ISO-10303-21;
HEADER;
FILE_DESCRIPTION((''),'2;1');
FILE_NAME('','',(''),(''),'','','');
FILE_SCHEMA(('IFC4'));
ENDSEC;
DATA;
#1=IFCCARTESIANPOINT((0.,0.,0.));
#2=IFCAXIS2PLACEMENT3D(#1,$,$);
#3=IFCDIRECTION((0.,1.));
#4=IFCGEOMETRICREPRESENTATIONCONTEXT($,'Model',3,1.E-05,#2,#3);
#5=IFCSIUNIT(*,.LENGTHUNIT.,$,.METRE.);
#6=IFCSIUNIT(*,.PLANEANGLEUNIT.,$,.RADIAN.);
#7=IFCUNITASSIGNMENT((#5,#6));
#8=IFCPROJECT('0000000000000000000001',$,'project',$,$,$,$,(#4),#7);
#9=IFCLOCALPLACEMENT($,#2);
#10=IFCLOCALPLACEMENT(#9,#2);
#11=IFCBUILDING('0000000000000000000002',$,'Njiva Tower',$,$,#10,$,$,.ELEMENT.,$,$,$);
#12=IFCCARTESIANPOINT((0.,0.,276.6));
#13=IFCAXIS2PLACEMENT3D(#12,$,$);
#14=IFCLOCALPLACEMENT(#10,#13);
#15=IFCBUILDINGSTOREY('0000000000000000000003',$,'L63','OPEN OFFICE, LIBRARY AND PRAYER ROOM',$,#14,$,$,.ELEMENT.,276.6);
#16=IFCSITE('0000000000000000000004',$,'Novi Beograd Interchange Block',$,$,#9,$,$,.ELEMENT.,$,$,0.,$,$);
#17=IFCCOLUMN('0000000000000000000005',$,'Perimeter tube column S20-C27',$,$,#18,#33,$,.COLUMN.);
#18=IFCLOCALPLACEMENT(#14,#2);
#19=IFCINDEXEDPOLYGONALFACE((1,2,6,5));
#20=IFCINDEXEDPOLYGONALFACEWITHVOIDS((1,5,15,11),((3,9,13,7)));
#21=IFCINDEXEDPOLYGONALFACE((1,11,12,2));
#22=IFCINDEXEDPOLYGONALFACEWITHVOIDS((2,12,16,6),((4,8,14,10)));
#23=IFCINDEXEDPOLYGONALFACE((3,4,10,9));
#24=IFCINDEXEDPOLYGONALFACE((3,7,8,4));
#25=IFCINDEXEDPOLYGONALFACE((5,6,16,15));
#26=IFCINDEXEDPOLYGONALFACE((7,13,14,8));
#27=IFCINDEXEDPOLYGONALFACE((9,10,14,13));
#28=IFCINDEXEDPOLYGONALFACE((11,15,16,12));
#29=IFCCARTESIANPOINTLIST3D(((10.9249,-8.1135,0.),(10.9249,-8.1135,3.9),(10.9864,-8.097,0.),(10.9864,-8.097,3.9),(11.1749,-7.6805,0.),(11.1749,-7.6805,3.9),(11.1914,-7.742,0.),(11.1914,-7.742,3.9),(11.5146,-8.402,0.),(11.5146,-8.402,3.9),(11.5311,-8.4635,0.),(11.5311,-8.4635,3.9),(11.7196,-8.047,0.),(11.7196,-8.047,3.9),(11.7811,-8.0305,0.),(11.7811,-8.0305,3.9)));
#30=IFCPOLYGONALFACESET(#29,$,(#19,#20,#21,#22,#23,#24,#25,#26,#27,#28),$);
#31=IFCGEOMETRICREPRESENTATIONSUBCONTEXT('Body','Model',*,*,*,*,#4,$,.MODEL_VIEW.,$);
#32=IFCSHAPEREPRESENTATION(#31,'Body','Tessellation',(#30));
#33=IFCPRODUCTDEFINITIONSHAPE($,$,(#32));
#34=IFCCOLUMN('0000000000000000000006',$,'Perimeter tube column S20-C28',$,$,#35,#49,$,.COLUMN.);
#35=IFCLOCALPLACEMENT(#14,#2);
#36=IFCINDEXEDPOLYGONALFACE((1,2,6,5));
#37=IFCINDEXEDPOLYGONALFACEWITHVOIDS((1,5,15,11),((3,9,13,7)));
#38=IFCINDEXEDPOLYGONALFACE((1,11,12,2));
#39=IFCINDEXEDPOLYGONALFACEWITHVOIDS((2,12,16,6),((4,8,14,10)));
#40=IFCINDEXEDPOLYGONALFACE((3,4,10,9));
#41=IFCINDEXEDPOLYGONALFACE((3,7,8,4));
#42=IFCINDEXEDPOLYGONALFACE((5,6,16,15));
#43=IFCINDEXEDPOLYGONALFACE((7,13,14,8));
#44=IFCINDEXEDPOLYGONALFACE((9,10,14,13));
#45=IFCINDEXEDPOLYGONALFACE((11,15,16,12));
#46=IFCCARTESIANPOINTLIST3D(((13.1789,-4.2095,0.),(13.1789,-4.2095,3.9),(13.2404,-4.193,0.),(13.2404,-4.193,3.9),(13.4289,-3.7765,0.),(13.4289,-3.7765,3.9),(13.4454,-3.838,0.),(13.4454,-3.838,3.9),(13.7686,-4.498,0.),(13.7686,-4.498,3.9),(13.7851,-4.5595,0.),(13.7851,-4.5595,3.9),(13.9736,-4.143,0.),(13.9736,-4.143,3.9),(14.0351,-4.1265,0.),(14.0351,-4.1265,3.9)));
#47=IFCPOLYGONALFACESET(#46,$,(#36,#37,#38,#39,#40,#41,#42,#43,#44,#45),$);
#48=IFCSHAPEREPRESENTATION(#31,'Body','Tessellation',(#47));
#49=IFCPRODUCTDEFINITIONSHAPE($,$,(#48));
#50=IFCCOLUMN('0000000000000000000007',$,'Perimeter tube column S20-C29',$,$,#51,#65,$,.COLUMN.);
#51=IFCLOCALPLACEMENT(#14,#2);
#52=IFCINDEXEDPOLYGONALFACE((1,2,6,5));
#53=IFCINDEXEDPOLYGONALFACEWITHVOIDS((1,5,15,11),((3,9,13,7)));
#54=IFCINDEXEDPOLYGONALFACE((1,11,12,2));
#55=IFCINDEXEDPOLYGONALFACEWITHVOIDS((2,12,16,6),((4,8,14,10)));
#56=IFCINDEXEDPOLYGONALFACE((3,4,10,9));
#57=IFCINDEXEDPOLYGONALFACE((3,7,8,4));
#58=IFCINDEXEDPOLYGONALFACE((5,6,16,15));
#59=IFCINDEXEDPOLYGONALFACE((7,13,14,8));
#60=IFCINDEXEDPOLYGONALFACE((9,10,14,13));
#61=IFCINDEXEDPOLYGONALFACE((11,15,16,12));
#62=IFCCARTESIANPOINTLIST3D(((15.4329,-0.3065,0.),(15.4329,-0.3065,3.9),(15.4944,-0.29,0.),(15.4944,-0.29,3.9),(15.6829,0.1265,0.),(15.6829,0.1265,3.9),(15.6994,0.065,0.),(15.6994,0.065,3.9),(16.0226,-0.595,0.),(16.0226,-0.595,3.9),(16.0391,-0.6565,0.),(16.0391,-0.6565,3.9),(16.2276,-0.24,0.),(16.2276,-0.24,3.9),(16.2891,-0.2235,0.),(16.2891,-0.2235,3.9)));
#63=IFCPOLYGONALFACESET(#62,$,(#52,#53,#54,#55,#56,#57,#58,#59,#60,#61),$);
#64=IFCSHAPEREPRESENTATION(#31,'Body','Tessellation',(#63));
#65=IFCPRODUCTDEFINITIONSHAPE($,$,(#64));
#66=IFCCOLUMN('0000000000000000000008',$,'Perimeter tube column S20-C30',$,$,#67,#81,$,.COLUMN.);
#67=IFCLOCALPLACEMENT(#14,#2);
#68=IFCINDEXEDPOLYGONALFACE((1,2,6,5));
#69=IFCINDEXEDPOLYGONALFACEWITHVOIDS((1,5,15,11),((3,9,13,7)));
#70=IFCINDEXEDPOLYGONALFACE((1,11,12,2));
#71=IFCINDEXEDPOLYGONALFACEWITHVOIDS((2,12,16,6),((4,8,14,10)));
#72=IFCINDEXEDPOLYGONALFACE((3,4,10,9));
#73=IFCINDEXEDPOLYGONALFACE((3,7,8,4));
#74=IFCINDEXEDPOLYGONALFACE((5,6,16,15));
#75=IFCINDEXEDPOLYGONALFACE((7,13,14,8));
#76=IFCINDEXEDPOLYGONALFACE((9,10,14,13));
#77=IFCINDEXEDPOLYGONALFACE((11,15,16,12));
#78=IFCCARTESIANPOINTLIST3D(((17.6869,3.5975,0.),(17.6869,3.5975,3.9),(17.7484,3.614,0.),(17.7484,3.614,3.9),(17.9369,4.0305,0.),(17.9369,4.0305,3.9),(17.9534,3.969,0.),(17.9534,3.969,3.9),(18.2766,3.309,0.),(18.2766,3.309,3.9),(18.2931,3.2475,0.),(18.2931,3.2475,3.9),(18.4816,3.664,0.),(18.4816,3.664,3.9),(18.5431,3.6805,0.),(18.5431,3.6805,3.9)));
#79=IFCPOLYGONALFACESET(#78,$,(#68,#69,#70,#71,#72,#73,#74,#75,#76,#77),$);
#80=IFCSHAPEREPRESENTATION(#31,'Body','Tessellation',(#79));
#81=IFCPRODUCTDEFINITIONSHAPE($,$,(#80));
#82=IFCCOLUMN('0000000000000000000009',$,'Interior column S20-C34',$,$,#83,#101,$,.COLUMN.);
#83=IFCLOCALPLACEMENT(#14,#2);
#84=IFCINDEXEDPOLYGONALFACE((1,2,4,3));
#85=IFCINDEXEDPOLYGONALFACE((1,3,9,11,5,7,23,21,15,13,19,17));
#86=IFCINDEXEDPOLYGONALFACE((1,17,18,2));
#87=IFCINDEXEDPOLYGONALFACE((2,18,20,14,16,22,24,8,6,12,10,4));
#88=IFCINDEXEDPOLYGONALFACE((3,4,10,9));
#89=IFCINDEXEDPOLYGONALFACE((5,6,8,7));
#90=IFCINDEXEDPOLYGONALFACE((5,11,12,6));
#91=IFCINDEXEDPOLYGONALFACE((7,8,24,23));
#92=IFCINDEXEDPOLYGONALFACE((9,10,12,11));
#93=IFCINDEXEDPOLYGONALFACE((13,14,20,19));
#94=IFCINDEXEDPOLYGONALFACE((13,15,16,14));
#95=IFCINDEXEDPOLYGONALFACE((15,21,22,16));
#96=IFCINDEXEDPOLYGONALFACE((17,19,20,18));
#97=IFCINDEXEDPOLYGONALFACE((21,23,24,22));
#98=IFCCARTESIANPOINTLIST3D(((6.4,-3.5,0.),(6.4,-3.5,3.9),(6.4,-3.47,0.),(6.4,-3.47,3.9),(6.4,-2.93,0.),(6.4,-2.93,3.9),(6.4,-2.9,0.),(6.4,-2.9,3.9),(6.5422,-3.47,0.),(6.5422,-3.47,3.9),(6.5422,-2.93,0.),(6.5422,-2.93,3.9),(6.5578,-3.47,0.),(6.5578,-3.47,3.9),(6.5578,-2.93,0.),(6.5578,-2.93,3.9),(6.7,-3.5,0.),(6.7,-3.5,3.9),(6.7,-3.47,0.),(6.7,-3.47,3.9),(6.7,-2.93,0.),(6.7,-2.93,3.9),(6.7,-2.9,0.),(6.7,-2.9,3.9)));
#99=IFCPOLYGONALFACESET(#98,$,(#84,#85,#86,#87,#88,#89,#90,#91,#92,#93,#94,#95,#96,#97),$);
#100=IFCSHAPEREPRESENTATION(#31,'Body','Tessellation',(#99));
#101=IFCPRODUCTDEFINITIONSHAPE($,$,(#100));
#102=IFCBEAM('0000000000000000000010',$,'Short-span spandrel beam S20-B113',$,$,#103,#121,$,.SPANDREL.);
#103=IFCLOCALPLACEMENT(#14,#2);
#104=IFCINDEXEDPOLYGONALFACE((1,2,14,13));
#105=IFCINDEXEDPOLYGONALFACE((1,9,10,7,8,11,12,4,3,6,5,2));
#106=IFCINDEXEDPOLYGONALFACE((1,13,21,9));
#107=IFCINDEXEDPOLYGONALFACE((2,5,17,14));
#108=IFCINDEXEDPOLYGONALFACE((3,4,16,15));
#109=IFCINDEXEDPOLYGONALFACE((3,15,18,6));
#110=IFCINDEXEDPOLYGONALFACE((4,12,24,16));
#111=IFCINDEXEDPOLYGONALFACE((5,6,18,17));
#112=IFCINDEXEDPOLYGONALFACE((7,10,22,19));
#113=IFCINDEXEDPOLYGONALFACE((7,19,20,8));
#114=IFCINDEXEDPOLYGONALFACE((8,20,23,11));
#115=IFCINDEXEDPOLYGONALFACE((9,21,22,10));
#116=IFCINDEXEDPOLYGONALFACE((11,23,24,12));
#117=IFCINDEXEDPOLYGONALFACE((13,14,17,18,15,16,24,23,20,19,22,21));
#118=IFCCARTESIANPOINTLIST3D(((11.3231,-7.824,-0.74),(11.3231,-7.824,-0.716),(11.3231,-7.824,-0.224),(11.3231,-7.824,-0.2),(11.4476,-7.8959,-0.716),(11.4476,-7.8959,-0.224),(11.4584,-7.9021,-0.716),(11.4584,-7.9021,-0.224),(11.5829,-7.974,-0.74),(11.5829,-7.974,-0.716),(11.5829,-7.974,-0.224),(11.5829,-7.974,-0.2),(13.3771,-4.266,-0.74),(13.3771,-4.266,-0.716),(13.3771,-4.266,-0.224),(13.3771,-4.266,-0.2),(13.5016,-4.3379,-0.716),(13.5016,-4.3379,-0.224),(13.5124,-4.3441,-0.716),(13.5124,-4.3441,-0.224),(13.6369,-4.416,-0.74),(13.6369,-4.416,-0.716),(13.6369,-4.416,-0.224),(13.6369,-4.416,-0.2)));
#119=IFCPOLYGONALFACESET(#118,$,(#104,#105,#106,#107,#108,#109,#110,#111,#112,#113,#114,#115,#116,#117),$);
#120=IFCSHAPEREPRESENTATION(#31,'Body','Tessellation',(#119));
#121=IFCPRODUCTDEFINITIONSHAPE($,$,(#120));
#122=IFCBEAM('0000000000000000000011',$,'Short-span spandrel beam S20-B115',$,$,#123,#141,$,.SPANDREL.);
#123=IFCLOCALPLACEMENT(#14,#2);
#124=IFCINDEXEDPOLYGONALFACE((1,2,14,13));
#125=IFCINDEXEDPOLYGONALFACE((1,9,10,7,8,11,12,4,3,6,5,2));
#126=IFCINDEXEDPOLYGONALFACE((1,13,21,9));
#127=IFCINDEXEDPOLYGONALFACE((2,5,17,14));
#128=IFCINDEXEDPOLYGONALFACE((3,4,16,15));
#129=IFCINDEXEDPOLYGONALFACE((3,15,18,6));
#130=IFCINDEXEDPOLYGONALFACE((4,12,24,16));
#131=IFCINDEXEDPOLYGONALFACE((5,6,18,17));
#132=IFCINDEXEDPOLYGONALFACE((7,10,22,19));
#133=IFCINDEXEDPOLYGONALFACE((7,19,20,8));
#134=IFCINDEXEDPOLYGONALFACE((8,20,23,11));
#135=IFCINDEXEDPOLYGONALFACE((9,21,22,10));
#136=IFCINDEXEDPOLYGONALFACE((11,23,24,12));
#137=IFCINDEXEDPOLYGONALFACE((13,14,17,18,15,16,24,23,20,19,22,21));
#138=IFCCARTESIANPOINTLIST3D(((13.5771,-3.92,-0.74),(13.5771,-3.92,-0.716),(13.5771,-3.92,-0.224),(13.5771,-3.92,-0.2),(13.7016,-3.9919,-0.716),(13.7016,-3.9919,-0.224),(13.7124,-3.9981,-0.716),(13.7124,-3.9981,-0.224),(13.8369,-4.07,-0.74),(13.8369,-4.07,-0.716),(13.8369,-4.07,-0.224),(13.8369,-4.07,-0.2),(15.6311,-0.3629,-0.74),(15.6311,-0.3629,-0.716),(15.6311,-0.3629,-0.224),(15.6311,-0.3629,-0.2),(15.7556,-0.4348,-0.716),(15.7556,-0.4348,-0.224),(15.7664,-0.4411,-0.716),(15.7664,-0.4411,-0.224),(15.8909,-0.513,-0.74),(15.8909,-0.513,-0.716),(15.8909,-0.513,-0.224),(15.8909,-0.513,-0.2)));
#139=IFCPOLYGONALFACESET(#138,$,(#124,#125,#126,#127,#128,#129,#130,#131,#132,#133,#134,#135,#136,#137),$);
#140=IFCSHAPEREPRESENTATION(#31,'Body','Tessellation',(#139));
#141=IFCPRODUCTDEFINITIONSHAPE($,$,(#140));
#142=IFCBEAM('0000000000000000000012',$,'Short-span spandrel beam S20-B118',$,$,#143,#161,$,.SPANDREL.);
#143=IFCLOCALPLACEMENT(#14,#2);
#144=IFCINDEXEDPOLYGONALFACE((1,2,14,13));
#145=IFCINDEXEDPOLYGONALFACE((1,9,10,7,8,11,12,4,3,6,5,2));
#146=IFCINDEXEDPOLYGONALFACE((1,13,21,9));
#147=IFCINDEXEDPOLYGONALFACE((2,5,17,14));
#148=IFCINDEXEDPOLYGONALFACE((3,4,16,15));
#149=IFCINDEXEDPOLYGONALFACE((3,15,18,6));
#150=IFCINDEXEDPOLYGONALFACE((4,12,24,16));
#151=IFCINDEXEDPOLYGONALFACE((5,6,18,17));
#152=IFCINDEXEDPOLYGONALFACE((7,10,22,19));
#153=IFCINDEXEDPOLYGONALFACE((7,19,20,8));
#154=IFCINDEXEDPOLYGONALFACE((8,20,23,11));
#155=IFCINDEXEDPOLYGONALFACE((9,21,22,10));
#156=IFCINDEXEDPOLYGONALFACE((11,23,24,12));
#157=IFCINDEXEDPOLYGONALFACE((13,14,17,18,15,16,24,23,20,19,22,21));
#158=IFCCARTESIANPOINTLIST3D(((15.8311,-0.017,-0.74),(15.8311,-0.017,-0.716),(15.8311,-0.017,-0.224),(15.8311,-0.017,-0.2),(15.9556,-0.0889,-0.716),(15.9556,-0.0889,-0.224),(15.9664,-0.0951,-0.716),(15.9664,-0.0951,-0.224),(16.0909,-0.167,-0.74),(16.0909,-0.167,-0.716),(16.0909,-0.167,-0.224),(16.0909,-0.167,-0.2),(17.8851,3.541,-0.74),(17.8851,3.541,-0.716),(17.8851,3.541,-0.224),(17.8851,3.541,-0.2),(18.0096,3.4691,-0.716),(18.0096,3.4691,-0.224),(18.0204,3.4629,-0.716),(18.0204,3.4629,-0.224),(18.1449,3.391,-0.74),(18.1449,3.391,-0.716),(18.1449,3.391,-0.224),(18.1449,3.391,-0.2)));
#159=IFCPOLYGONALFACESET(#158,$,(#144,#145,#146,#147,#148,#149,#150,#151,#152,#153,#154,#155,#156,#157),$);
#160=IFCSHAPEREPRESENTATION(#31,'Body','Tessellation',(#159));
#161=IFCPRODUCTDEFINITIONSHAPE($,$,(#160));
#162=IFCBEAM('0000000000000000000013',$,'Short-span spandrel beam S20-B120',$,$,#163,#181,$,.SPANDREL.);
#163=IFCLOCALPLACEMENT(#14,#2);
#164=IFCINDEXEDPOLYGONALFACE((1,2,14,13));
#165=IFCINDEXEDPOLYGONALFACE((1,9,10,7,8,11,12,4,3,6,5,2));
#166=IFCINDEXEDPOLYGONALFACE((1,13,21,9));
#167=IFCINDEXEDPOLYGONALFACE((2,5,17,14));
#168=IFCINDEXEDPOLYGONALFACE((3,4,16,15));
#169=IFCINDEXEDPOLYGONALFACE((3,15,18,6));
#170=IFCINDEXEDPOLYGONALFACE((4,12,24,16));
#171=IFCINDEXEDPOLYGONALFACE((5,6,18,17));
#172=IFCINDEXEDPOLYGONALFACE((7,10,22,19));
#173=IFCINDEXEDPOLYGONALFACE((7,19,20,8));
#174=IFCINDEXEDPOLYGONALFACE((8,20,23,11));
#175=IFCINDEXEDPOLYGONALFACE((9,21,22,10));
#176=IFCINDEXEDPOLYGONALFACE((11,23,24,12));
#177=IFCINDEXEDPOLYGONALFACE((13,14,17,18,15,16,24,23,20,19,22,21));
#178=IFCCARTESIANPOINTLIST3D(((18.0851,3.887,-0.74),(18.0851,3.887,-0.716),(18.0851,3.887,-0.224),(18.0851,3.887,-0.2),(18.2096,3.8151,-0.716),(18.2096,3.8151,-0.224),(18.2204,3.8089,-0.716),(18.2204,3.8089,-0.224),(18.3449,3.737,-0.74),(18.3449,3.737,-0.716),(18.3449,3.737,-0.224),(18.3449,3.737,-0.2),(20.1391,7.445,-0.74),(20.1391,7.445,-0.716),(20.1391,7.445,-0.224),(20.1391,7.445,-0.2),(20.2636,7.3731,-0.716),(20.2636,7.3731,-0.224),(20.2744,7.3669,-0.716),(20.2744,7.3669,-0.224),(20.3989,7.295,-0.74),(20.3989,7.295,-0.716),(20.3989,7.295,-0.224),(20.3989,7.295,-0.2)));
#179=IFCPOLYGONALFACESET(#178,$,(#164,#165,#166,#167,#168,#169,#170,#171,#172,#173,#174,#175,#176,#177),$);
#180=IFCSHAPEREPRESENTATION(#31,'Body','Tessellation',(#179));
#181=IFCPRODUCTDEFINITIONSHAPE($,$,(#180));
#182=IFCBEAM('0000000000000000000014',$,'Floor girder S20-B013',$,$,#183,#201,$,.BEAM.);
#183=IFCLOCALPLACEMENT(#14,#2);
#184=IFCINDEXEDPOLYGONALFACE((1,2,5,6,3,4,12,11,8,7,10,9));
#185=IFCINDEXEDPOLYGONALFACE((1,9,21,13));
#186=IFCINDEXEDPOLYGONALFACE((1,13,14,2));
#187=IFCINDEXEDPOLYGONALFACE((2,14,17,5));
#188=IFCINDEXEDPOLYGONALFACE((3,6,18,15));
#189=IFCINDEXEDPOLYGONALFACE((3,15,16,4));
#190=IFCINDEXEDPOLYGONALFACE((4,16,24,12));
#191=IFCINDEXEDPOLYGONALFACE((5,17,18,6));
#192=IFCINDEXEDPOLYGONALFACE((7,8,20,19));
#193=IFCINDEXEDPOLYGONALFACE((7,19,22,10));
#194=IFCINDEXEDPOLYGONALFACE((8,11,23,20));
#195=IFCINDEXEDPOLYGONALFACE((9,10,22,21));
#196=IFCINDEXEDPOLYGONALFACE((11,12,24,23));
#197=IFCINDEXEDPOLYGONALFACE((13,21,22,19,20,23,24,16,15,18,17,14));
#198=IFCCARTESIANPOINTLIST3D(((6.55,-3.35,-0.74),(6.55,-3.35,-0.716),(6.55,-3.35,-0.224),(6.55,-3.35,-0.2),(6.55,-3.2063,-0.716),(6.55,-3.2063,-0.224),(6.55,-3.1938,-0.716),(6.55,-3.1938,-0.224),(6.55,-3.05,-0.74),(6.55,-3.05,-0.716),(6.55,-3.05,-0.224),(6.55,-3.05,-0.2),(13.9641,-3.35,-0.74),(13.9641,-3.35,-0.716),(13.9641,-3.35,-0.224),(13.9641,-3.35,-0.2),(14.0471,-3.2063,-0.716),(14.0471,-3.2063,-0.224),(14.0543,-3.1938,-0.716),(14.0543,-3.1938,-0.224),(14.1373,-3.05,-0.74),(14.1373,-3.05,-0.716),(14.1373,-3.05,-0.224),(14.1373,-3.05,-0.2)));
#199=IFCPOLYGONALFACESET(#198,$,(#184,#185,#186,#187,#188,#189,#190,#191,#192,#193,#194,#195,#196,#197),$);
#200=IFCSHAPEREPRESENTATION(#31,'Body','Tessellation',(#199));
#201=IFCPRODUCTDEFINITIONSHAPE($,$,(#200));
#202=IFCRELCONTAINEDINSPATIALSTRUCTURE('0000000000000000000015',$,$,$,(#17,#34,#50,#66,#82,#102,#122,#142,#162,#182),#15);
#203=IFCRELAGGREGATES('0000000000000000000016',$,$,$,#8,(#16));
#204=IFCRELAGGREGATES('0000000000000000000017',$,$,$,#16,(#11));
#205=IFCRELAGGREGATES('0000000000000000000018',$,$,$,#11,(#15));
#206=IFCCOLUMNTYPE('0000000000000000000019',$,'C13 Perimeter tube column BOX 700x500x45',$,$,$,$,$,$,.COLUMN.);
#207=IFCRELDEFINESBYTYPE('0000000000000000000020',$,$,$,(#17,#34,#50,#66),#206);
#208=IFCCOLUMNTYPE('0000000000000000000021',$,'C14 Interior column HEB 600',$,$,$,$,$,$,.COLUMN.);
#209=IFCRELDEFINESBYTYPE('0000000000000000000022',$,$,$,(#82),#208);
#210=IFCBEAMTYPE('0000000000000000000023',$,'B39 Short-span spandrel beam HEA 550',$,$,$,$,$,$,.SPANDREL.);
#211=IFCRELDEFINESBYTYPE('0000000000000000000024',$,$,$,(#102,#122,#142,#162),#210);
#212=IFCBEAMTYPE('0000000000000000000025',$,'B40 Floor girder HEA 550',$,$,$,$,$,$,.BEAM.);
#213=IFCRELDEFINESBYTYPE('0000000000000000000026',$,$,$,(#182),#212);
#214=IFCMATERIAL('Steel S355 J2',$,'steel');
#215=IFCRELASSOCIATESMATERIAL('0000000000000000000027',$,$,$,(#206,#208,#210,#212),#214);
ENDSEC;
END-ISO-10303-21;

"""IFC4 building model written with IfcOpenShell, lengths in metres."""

from ifc_helpers import new_model, si_unit, direction, frame, origin, origin_2d, place, context, subcontext, project, spatial, hollow_rectangle, i_section, extrude, clip, halfspace, material, material_profile, profile_set, type_object, element, save


model = new_model("IFC4")

# Units and contexts
model_context = context("Model", 3, precision=1e-05, world=origin(), true_north=direction((0.0, 1.0)))
body_context = subcontext(model_context, "Body", "Model", "MODEL_VIEW")
ifc_project = project(units=[si_unit("LENGTHUNIT", "METRE"), si_unit("PLANEANGLEUNIT", "RADIAN")], contexts=[model_context])

# Site, building, storey
site_placement = place(None, origin())
site = spatial("IfcSite", under=ifc_project, at=site_placement, Name="Novi Beograd Interchange Block", CompositionType="ELEMENT", RefElevation=0.0)
building_placement = place(site_placement, origin())
building = spatial("IfcBuilding", under=site, at=building_placement, Name="Njiva Tower", CompositionType="ELEMENT")
storey_placement = place(building_placement, frame((0.0, 0.0, 276.6)))
storey = spatial("IfcBuildingStorey", under=building, at=storey_placement, Name="L63", Description="OPEN OFFICE, LIBRARY AND PRAYER ROOM", CompositionType="ELEMENT", Elevation=276.6)

# Columns
ifc_material_1 = material(Name="Steel S355 J2", Category="steel")
ifc_material_profile_1 = material_profile(ifc_material_1, hollow_rectangle(XDim=0.5, YDim=0.7, WallThickness=0.045, at=origin_2d()), Name="BOX 700x500x45")
ifc_profile_set_1 = profile_set([ifc_material_profile_1], Name="Steel S355 J2")
column_type_1 = type_object("IfcColumnType", Name="C13 Perimeter tube column BOX 700x500x45", PredefinedType="COLUMN", material=ifc_profile_set_1)
for number, where, z_axis, x_axis, name in (
    (1, (11.353, -8.072, 0.0), (0.0, 0.0, 1.0), (0.5, 0.866025, 0.0), "Perimeter tube column S20-C27"),
    (2, (13.607, -4.168, 0.0), (0.0, 0.0, 1.0), (0.5, 0.866025, 0.0), "Perimeter tube column S20-C28"),
    (3, (15.861, -0.265, 0.0), (0.0, 0.0, 1.0), (0.5, 0.866025, 0.0), "Perimeter tube column S20-C29"),
    (4, (18.115, 3.639, 0.0), (0.0, 0.0, 1.0), (0.5, 0.866025, 0.0), "Perimeter tube column S20-C30"),
):
    element("IfcColumn", number, at=place(storey_placement, frame(where, z_axis=z_axis, x_axis=x_axis)), inside=storey, type_object=column_type_1, Name=name, PredefinedType="COLUMN", context=body_context, shape_type="SweptSolid", body=[
        extrude(hollow_rectangle(XDim=0.5, YDim=0.7, WallThickness=0.045, at=origin_2d()), origin(), (0.0, 0.0, 1.0), 3.9),
    ])
ifc_material_profile_2 = material_profile(ifc_material_1, i_section(OverallWidth=0.3, OverallDepth=0.6, WebThickness=0.0155, FlangeThickness=0.03, at=origin_2d()), Name="HEB 600")
ifc_profile_set_2 = profile_set([ifc_material_profile_2], Name="Steel S355 J2")
column_type_2 = type_object("IfcColumnType", Name="C14 Interior column HEB 600", PredefinedType="COLUMN", material=ifc_profile_set_2)
column_placement = place(storey_placement, frame((6.55, -3.2, 0.0), z_axis=(0.0, 0.0, 1.0), x_axis=(1.0, 0.0, 0.0)))
element("IfcColumn", 5, at=column_placement, inside=storey, type_object=column_type_2, Name="Interior column S20-C34", PredefinedType="COLUMN", context=body_context, shape_type="SweptSolid", body=[
    extrude(i_section(OverallWidth=0.3, OverallDepth=0.6, WebThickness=0.0155, FlangeThickness=0.03, at=origin_2d()), origin(), (0.0, 0.0, 1.0), 3.9),
])

# Beams
ifc_material_profile_3 = material_profile(ifc_material_1, i_section(OverallWidth=0.3, OverallDepth=0.54, WebThickness=0.0125, FlangeThickness=0.024, at=origin_2d()), Name="HEA 550")
ifc_profile_set_3 = profile_set([ifc_material_profile_3], Name="Steel S355 J2")
beam_type_1 = type_object("IfcBeamType", Name="B39 Short-span spandrel beam HEA 550", PredefinedType="SPANDREL", material=ifc_profile_set_3)
beam_1_placement = place(storey_placement, frame((11.453, -7.899, -0.47), z_axis=(0.499961, 0.866048, 0.0), x_axis=(-0.866048, 0.499961, 0.0)))
element("IfcBeam", 6, at=beam_1_placement, inside=storey, type_object=beam_type_1, Name="Short-span spandrel beam S20-B113", PredefinedType="SPANDREL", context=body_context, shape_type="SweptSolid", body=[
    extrude(i_section(OverallWidth=0.3, OverallDepth=0.54, WebThickness=0.0125, FlangeThickness=0.024, at=origin_2d()), origin(), (0.0, 0.0, 1.0), 4.1083),
])
beam_2_placement = place(storey_placement, frame((13.707, -3.995, -0.47), z_axis=(0.500067, 0.865987, 0.0), x_axis=(-0.865987, 0.500067, 0.0)))
element("IfcBeam", 7, at=beam_2_placement, inside=storey, type_object=beam_type_1, Name="Short-span spandrel beam S20-B115", PredefinedType="SPANDREL", context=body_context, shape_type="SweptSolid", body=[
    extrude(i_section(OverallWidth=0.3, OverallDepth=0.54, WebThickness=0.0125, FlangeThickness=0.024, at=origin_2d()), origin(), (0.0, 0.0, 1.0), 4.1075),
])
for number, where, z_axis, x_axis, name in (
    (8, (15.961, -0.092, -0.47), (0.499961, 0.866048, 0.0), (-0.866048, 0.499961, 0.0), "Short-span spandrel beam S20-B118"),
    (9, (18.215, 3.812, -0.47), (0.499961, 0.866048, 0.0), (-0.866048, 0.499961, 0.0), "Short-span spandrel beam S20-B120"),
):
    element("IfcBeam", number, at=place(storey_placement, frame(where, z_axis=z_axis, x_axis=x_axis)), inside=storey, type_object=beam_type_1, Name=name, PredefinedType="SPANDREL", context=body_context, shape_type="SweptSolid", body=[
        extrude(i_section(OverallWidth=0.3, OverallDepth=0.54, WebThickness=0.0125, FlangeThickness=0.024, at=origin_2d()), origin(), (0.0, 0.0, 1.0), 4.1083),
    ])
ifc_material_profile_4 = material_profile(ifc_material_1, i_section(OverallWidth=0.3, OverallDepth=0.54, WebThickness=0.0125, FlangeThickness=0.024, at=origin_2d()), Name="HEA 550")
ifc_profile_set_4 = profile_set([ifc_material_profile_4], Name="Steel S355 J2")
beam_type_2 = type_object("IfcBeamType", Name="B40 Floor girder HEA 550", PredefinedType="BEAM", material=ifc_profile_set_4)
beam_3_placement = place(storey_placement, frame((6.55, -3.2, -0.47), z_axis=(1.0, 0.0, 0.0), x_axis=(0.0, 1.0, 0.0)))
element("IfcBeam", 10, at=beam_3_placement, inside=storey, type_object=beam_type_2, Name="Floor girder S20-B013", PredefinedType="BEAM", context=body_context, shape_type="Clipping", body=[
    clip(extrude(i_section(OverallWidth=0.3, OverallDepth=0.54, WebThickness=0.0125, FlangeThickness=0.024, at=origin_2d()), origin(), (0.0, 0.0, 1.0), 7.608), halfspace(frame((-0.025, 0.0, 7.4863), z_axis=(-0.499998, 0.0, 0.866027), x_axis=(0.0, 1.0, 0.0)), False)),
])

save(model, "model.ifc")
